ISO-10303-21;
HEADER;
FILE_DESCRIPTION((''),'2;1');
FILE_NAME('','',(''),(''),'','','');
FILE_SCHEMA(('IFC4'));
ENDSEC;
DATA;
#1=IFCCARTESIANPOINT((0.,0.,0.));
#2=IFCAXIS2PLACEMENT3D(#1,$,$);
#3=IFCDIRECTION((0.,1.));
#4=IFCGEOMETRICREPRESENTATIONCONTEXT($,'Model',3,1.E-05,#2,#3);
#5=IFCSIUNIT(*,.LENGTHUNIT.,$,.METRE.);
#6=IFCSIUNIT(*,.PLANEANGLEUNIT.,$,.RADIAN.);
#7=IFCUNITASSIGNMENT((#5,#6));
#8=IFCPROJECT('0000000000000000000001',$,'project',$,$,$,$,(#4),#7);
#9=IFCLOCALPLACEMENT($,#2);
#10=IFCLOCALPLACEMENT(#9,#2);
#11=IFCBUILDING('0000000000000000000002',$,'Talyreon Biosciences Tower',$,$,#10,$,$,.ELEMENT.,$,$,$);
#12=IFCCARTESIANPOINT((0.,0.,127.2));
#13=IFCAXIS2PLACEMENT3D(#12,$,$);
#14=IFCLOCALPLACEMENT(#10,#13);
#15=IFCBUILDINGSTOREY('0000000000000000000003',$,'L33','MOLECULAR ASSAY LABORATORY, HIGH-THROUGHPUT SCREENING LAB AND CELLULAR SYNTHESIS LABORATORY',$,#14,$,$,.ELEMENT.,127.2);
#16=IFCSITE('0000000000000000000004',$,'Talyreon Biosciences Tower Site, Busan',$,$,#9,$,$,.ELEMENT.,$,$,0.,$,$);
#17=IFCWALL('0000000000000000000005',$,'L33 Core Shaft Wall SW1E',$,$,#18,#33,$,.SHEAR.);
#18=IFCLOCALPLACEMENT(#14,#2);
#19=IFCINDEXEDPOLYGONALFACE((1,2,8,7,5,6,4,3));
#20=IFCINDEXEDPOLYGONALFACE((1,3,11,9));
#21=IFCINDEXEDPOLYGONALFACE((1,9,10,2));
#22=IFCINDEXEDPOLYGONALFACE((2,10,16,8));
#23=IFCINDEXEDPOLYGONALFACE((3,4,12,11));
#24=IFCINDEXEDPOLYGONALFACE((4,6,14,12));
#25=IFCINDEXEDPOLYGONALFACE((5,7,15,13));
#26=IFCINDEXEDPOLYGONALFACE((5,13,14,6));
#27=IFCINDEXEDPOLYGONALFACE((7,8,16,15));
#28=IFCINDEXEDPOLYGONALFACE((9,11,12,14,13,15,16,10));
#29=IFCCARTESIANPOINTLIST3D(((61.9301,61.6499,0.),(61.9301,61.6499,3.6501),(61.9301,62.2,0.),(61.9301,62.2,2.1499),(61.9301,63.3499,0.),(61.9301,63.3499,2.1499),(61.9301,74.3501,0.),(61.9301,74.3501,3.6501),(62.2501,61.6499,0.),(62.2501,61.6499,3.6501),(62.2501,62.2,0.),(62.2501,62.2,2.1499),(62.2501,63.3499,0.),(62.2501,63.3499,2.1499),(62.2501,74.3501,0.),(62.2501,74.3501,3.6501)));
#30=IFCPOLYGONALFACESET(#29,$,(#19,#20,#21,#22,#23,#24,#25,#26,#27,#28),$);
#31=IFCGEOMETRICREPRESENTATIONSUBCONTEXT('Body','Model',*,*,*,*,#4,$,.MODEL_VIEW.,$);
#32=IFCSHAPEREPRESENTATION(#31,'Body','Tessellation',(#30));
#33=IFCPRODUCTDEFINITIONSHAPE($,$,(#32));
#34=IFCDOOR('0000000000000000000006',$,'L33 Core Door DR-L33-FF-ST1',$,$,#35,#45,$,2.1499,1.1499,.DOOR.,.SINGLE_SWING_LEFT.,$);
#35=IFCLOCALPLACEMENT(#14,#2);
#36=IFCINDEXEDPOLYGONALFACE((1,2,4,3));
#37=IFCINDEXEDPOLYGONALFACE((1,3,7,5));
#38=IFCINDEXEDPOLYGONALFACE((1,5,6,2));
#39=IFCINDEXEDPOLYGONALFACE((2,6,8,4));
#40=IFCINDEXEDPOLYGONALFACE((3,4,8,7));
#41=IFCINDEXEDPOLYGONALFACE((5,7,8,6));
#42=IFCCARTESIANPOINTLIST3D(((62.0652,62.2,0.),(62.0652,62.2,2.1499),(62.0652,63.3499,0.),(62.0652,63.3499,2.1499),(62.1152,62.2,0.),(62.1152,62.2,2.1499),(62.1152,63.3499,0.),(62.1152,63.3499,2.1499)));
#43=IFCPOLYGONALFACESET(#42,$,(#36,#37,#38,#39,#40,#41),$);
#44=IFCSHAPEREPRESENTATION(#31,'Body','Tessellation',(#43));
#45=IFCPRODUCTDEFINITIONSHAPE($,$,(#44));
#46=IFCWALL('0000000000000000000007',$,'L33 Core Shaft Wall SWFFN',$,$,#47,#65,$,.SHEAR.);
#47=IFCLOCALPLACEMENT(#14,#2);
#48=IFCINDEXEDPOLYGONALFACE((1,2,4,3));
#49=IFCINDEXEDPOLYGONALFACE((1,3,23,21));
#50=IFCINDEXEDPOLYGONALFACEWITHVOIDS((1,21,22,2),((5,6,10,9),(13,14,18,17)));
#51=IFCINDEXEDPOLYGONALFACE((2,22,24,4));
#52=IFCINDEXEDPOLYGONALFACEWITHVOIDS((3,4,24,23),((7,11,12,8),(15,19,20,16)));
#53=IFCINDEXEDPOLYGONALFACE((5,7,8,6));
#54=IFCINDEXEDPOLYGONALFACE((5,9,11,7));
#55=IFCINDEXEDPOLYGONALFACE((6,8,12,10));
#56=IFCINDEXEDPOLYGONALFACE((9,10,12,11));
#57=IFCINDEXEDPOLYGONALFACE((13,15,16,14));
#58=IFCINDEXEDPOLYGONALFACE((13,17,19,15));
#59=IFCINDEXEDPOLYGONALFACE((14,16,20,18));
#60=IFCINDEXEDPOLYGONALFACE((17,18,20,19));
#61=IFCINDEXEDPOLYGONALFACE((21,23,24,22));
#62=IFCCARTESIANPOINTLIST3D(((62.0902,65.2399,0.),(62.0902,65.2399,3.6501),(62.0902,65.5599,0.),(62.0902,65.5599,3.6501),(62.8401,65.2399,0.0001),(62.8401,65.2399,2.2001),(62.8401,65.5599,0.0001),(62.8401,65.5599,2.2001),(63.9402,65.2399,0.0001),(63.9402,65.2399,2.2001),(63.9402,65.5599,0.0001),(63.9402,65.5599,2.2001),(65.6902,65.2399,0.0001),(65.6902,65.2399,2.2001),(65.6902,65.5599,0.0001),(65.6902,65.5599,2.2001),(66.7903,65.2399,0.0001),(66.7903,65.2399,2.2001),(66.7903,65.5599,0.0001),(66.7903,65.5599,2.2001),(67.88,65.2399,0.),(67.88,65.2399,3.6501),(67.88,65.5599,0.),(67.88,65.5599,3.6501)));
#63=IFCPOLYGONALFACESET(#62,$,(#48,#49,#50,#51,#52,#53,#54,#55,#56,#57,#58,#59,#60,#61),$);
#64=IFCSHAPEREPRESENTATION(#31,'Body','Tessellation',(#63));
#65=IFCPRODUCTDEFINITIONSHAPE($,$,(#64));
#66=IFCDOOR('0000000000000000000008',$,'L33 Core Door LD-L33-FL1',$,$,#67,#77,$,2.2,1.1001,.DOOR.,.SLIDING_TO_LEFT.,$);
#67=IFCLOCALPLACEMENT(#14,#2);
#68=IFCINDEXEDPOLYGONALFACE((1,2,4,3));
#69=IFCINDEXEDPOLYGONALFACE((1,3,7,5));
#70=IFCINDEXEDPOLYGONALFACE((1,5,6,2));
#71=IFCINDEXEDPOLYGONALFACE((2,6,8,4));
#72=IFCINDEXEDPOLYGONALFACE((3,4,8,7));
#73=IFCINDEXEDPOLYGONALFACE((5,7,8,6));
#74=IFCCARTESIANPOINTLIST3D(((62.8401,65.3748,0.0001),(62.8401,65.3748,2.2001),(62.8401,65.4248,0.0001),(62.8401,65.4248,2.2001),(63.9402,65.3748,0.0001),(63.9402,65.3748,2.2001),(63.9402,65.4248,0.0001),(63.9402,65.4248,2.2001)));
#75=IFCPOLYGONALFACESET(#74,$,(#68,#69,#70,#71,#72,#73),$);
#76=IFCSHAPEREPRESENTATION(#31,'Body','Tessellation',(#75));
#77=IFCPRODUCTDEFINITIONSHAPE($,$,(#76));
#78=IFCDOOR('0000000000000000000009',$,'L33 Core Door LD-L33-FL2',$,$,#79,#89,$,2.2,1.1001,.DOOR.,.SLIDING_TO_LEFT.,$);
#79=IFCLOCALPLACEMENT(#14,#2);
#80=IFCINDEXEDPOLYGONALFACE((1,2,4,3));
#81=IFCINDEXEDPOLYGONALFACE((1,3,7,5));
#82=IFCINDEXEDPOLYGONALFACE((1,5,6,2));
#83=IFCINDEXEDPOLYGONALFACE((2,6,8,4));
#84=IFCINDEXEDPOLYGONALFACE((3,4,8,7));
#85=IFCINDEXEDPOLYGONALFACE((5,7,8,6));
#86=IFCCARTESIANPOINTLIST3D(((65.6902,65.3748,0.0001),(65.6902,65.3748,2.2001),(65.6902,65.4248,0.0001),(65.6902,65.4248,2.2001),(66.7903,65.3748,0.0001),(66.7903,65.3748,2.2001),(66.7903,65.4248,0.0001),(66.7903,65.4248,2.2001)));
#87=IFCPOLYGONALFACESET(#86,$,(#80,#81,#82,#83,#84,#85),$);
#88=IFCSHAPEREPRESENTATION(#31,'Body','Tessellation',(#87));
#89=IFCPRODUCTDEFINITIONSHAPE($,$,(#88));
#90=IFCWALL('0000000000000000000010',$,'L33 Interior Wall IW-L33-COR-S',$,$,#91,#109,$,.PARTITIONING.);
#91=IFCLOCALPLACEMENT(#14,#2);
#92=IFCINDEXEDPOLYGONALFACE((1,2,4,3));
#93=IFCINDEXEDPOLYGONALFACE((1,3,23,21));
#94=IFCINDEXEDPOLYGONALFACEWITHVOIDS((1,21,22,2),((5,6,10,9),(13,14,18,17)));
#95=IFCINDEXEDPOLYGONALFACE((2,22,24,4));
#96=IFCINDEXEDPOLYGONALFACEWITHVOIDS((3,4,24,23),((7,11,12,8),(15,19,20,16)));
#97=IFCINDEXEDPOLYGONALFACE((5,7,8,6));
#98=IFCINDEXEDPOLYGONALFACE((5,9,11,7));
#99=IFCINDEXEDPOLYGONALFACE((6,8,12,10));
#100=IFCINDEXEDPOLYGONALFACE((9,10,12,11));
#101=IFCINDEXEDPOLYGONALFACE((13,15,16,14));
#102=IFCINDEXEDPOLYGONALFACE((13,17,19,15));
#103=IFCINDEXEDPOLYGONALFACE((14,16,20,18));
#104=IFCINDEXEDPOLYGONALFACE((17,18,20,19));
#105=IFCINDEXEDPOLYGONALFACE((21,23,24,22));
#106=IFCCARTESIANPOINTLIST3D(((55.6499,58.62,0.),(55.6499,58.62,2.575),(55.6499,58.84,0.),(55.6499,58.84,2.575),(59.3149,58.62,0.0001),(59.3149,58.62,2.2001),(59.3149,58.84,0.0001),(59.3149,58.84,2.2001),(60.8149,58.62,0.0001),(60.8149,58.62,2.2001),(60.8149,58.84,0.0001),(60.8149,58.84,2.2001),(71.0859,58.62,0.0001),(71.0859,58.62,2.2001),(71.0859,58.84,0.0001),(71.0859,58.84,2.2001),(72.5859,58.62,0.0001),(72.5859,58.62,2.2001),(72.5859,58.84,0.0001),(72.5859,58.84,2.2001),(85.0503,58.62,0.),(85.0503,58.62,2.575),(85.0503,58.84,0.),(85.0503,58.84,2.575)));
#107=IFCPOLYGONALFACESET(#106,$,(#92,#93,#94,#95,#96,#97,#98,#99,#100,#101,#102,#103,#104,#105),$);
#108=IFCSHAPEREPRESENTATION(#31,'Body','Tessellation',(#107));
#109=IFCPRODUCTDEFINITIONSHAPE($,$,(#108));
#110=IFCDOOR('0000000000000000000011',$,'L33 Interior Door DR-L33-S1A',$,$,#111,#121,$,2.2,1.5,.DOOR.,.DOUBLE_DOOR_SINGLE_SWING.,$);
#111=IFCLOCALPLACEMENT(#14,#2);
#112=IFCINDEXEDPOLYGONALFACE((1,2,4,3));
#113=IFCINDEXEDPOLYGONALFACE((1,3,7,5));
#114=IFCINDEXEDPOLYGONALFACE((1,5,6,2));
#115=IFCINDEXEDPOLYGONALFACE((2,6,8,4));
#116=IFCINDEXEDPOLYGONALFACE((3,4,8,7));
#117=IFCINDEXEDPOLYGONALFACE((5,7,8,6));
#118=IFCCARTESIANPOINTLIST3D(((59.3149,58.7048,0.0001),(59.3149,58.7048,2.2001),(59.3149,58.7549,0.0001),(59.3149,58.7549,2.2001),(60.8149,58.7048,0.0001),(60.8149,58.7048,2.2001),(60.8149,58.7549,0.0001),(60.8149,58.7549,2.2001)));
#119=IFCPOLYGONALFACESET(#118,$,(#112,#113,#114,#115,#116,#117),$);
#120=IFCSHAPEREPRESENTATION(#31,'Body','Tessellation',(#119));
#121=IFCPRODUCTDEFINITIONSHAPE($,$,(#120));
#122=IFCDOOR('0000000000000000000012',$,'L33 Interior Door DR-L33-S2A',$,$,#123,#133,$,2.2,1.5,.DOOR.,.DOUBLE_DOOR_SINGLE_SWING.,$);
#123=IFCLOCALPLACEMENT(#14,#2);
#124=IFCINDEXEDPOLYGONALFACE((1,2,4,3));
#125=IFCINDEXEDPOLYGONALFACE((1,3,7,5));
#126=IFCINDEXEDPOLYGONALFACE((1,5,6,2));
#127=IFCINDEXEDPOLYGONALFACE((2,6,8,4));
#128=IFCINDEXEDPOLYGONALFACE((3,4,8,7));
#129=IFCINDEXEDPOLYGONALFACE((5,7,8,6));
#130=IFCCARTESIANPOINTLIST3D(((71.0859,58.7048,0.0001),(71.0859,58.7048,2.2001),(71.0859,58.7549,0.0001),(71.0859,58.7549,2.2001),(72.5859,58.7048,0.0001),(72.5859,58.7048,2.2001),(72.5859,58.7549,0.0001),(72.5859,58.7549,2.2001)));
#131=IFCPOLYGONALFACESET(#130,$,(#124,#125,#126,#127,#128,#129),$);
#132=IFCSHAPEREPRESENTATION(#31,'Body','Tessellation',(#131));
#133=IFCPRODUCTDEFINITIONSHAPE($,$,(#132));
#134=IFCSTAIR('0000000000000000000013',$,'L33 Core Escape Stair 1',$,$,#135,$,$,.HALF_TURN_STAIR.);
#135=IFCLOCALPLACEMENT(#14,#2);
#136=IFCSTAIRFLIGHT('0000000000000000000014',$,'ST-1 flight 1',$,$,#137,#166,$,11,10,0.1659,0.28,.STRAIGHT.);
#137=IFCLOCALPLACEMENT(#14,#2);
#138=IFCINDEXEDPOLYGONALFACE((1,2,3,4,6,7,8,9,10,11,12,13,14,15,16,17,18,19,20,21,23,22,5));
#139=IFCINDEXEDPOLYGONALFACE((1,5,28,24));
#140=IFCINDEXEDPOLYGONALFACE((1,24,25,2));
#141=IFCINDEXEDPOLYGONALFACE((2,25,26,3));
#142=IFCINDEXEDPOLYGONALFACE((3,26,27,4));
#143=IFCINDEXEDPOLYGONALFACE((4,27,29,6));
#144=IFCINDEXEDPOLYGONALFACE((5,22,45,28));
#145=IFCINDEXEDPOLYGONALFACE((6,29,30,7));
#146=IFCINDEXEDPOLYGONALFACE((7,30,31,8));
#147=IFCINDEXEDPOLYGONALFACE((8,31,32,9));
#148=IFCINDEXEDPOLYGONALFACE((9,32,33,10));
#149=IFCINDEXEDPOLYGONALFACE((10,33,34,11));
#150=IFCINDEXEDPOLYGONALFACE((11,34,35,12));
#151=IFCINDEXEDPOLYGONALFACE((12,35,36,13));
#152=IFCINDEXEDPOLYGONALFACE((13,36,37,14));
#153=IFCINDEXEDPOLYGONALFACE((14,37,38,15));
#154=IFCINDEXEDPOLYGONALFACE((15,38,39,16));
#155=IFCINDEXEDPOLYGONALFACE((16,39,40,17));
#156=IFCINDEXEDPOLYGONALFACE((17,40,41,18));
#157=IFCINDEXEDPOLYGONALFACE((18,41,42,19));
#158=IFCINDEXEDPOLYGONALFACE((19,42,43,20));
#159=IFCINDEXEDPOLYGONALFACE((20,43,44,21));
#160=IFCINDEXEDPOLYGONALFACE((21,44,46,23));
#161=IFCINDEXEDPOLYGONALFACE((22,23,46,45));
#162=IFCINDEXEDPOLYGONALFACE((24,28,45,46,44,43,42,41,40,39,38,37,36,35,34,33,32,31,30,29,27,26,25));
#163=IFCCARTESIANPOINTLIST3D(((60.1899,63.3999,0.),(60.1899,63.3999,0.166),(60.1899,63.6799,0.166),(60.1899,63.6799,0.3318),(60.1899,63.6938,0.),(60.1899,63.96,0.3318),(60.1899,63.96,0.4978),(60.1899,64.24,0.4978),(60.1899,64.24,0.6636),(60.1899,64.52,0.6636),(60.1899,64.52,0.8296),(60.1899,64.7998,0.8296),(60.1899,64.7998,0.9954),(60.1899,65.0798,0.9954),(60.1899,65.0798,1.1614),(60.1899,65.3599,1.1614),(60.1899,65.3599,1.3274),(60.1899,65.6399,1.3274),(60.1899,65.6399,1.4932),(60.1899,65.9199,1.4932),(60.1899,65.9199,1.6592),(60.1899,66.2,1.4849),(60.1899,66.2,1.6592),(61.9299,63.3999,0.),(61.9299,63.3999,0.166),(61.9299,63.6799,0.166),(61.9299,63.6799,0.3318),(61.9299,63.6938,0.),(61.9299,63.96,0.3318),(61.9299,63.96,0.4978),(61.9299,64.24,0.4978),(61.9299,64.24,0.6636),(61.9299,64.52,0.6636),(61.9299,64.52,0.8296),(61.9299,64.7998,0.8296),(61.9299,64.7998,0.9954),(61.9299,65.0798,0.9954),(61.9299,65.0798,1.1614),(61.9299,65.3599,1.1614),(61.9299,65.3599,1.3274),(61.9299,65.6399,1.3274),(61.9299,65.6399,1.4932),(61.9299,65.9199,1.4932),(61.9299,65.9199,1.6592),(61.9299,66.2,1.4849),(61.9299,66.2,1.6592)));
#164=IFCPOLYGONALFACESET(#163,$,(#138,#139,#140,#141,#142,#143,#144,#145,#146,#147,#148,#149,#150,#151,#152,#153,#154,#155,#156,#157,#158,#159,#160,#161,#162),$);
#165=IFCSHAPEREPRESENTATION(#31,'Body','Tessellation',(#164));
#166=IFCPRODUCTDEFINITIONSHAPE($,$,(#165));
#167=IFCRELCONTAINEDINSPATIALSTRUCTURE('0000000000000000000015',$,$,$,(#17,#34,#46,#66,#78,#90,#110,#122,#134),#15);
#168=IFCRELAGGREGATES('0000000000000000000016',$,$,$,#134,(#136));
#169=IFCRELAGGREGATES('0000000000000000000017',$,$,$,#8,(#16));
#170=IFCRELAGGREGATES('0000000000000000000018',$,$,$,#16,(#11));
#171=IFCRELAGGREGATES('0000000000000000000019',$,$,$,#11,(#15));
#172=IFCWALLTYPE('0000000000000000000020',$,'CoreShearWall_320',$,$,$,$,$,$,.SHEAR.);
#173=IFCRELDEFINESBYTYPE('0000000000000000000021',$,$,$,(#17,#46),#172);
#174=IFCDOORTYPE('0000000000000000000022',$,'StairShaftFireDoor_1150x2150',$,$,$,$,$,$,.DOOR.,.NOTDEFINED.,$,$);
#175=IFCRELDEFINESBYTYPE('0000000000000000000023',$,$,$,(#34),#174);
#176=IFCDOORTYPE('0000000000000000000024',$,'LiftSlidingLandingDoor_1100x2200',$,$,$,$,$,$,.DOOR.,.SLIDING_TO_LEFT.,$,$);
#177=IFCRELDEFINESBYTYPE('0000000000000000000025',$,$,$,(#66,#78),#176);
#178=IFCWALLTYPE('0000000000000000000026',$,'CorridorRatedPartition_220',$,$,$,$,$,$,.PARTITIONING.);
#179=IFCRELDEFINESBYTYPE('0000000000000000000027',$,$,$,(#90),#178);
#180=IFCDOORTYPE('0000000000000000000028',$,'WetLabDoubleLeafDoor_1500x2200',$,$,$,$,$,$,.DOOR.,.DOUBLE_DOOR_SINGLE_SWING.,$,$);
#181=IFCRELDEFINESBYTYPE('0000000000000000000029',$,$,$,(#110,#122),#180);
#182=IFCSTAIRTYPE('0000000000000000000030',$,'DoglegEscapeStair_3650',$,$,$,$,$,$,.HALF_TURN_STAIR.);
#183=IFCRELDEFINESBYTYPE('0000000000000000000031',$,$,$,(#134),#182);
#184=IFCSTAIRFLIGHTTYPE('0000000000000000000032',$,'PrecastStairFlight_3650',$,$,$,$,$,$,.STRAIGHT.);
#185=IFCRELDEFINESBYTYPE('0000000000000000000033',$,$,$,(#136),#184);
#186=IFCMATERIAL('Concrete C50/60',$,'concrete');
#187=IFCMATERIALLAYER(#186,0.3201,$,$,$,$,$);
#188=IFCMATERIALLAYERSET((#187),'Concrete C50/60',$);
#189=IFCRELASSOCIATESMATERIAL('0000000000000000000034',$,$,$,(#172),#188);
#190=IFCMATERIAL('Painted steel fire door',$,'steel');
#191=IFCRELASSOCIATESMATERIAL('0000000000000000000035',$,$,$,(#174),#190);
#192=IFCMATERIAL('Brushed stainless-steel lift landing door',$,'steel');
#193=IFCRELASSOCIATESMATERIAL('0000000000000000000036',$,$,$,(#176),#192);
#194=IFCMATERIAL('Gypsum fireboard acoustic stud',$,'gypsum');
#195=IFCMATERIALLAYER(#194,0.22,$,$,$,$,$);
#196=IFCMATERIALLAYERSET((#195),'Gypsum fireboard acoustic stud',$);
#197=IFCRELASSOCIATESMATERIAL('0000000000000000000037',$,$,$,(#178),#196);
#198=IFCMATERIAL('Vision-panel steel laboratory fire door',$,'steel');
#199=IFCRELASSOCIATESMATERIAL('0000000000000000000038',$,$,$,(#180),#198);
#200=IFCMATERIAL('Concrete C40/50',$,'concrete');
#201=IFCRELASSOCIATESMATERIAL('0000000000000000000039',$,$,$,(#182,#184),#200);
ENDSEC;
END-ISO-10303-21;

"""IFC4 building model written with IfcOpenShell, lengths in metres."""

from ifc_helpers import new_model, si_unit, direction, frame, frame_2d, origin, place, context, subcontext, project, spatial, polyline, rectangle, outline, extrude, material, layer, layer_set, type_object, element, fill, aggregate, save


model = new_model("IFC4")

# Units and contexts
model_context = context("Model", 3, precision=1e-05, world=origin(), true_north=direction((0.0, 1.0)))
body_context = subcontext(model_context, "Body", "Model", "MODEL_VIEW")
ifc_project = project(units=[si_unit("LENGTHUNIT", "METRE"), si_unit("PLANEANGLEUNIT", "RADIAN")], contexts=[model_context])

# Site, building, storey
site_placement = place(None, origin())
site = spatial("IfcSite", under=ifc_project, at=site_placement, Name="Talyreon Biosciences Tower Site, Busan", CompositionType="ELEMENT", RefElevation=0.0)
building_placement = place(site_placement, origin())
building = spatial("IfcBuilding", under=site, at=building_placement, Name="Talyreon Biosciences Tower", CompositionType="ELEMENT")
storey_placement = place(building_placement, frame((0.0, 0.0, 127.2)))
storey = spatial("IfcBuildingStorey", under=building, at=storey_placement, Name="L33", Description="MOLECULAR ASSAY LABORATORY, HIGH-THROUGHPUT SCREENING LAB AND CELLULAR SYNTHESIS LABORATORY", CompositionType="ELEMENT", Elevation=127.2)

# Shared definitions
ifc_material_1 = material(Name="Concrete C50/60", Category="concrete")

# Wall, opening, door
ifc_layer_1 = layer(ifc_material_1, 0.3201)
ifc_layer_set_1 = layer_set([ifc_layer_1], Name="Concrete C50/60")
wall_type_1 = type_object("IfcWallType", Name="CoreShearWall_320", PredefinedType="SHEAR", material=ifc_layer_set_1)
wall_1_placement = place(storey_placement, frame((62.0901, 61.6499, 0.0), z_axis=(0.0, 0.0, 1.0), x_axis=(0.0, 1.0, 0.0)))
wall_1 = element("IfcWall", 1, at=wall_1_placement, inside=storey, type_object=wall_type_1, Name="L33 Core Shaft Wall SW1E", PredefinedType="SHEAR", context=body_context, shape_type="SweptSolid", body=[
    extrude(rectangle(XDim=12.7002, YDim=0.3201, at=frame_2d((6.3501, 0.0))), origin(), (0.0, 0.0, 1.0), 3.6501),
])
opening_1_placement = place(wall_1_placement, frame((0.55, 0.0, 0.0)))
opening_1 = element("IfcOpeningElement", 2, at=opening_1_placement, cuts=wall_1, PredefinedType="OPENING", context=body_context, shape_type="SweptSolid", body=[
    extrude(rectangle(XDim=1.1499, YDim=2.1499, at=frame_2d((0.575, 1.075))), frame((0.0, 0.1699, 0.0), z_axis=(0.0, -1.0, 0.0), x_axis=(1.0, 0.0, 0.0)), (0.0, 0.0, 1.0), 0.3401),
])
ifc_material_2 = material(Name="Painted steel fire door", Category="steel")
door_type_1 = type_object("IfcDoorType", Name="StairShaftFireDoor_1150x2150", OperationType="NOTDEFINED", PredefinedType="DOOR", material=ifc_material_2)
door_1_placement = place(opening_1_placement, origin())
door_1 = element("IfcDoor", 3, at=door_1_placement, inside=storey, type_object=door_type_1, Name="L33 Core Door DR-L33-FF-ST1", OperationType="SINGLE_SWING_LEFT", OverallHeight=2.1499, OverallWidth=1.1499, PredefinedType="DOOR", context=body_context, shape_type="SweptSolid", body=[
    extrude(rectangle(XDim=1.1499, YDim=2.1499, at=frame_2d((0.575, 1.075))), frame((0.0, 0.0249, 0.0), z_axis=(0.0, -1.0, 0.0), x_axis=(1.0, 0.0, 0.0)), (0.0, 0.0, 1.0), 0.05),
])
fill(opening_1, door_1)

# Walls, openings, doors
wall_2_placement = place(storey_placement, frame((62.0901, 65.3999, 0.0), z_axis=(0.0, 0.0, 1.0), x_axis=(1.0, 0.0, 0.0)))
wall_2 = element("IfcWall", 4, at=wall_2_placement, inside=storey, type_object=wall_type_1, Name="L33 Core Shaft Wall SWFFN", PredefinedType="SHEAR", context=body_context, shape_type="SweptSolid", body=[
    extrude(rectangle(XDim=5.7898, YDim=0.3201, at=frame_2d((2.895, 0.0))), origin(), (0.0, 0.0, 1.0), 3.6501),
])
opening_2_placement = place(wall_2_placement, frame((0.75, 0.0, 0.0)))
opening_2 = element("IfcOpeningElement", 5, at=opening_2_placement, cuts=wall_2, PredefinedType="OPENING", context=body_context, shape_type="SweptSolid", body=[
    extrude(rectangle(XDim=1.1001, YDim=2.2, at=frame_2d((0.55, 1.1001))), frame((0.0, 0.1699, 0.0), z_axis=(0.0, -1.0, 0.0), x_axis=(1.0, 0.0, 0.0)), (0.0, 0.0, 1.0), 0.3401),
])
opening_3_placement = place(wall_2_placement, frame((3.6001, 0.0, 0.0)))
opening_3 = element("IfcOpeningElement", 6, at=opening_3_placement, cuts=wall_2, PredefinedType="OPENING", context=body_context, shape_type="SweptSolid", body=[
    extrude(rectangle(XDim=1.1001, YDim=2.2, at=frame_2d((0.55, 1.1001))), frame((0.0, 0.1699, 0.0), z_axis=(0.0, -1.0, 0.0), x_axis=(1.0, 0.0, 0.0)), (0.0, 0.0, 1.0), 0.3401),
])
ifc_material_3 = material(Name="Brushed stainless-steel lift landing door", Category="steel")
door_type_2 = type_object("IfcDoorType", Name="LiftSlidingLandingDoor_1100x2200", OperationType="SLIDING_TO_LEFT", PredefinedType="DOOR", material=ifc_material_3)
door_2_placement = place(opening_2_placement, origin())
door_2 = element("IfcDoor", 7, at=door_2_placement, inside=storey, type_object=door_type_2, Name="L33 Core Door LD-L33-FL1", OperationType="SLIDING_TO_LEFT", OverallHeight=2.2, OverallWidth=1.1001, PredefinedType="DOOR", context=body_context, shape_type="SweptSolid", body=[
    extrude(rectangle(XDim=1.1001, YDim=2.2, at=frame_2d((0.55, 1.1001))), frame((0.0, 0.0249, 0.0), z_axis=(0.0, -1.0, 0.0), x_axis=(1.0, 0.0, 0.0)), (0.0, 0.0, 1.0), 0.05),
])
fill(opening_2, door_2)
door_3_placement = place(opening_3_placement, origin())
door_3 = element("IfcDoor", 8, at=door_3_placement, inside=storey, type_object=door_type_2, Name="L33 Core Door LD-L33-FL2", OperationType="SLIDING_TO_LEFT", OverallHeight=2.2, OverallWidth=1.1001, PredefinedType="DOOR", context=body_context, shape_type="SweptSolid", body=[
    extrude(rectangle(XDim=1.1001, YDim=2.2, at=frame_2d((0.55, 1.1001))), frame((0.0, 0.0249, 0.0), z_axis=(0.0, -1.0, 0.0), x_axis=(1.0, 0.0, 0.0)), (0.0, 0.0, 1.0), 0.05),
])
fill(opening_3, door_3)
ifc_material_4 = material(Name="Gypsum fireboard acoustic stud", Category="gypsum")
ifc_layer_2 = layer(ifc_material_4, 0.22)
ifc_layer_set_2 = layer_set([ifc_layer_2], Name="Gypsum fireboard acoustic stud")
wall_type_2 = type_object("IfcWallType", Name="CorridorRatedPartition_220", PredefinedType="PARTITIONING", material=ifc_layer_set_2)
wall_3_placement = place(storey_placement, frame((55.6499, 58.73, 0.0), z_axis=(0.0, 0.0, 1.0), x_axis=(1.0, 0.0, 0.0)))
wall_3 = element("IfcWall", 9, at=wall_3_placement, inside=storey, type_object=wall_type_2, Name="L33 Interior Wall IW-L33-COR-S", PredefinedType="PARTITIONING", context=body_context, shape_type="SweptSolid", body=[
    extrude(rectangle(XDim=29.4004, YDim=0.22, at=frame_2d((14.7002, 0.0))), origin(), (0.0, 0.0, 1.0), 2.575),
])
opening_4_placement = place(wall_3_placement, frame((3.665, 0.0, 0.0)))
opening_4 = element("IfcOpeningElement", 10, at=opening_4_placement, cuts=wall_3, PredefinedType="OPENING", context=body_context, shape_type="SweptSolid", body=[
    extrude(rectangle(XDim=1.5, YDim=2.2, at=frame_2d((0.75, 1.1001))), frame((0.0, 0.1199, 0.0), z_axis=(0.0, -1.0, 0.0), x_axis=(1.0, 0.0, 0.0)), (0.0, 0.0, 1.0), 0.24),
])
opening_5_placement = place(wall_3_placement, frame((15.436, 0.0, 0.0)))
opening_5 = element("IfcOpeningElement", 11, at=opening_5_placement, cuts=wall_3, PredefinedType="OPENING", context=body_context, shape_type="SweptSolid", body=[
    extrude(rectangle(XDim=1.5, YDim=2.2, at=frame_2d((0.75, 1.1001))), frame((0.0, 0.1199, 0.0), z_axis=(0.0, -1.0, 0.0), x_axis=(1.0, 0.0, 0.0)), (0.0, 0.0, 1.0), 0.24),
])
ifc_material_5 = material(Name="Vision-panel steel laboratory fire door", Category="steel")
door_type_3 = type_object("IfcDoorType", Name="WetLabDoubleLeafDoor_1500x2200", OperationType="DOUBLE_DOOR_SINGLE_SWING", PredefinedType="DOOR", material=ifc_material_5)
door_4_placement = place(opening_4_placement, origin())
door_4 = element("IfcDoor", 12, at=door_4_placement, inside=storey, type_object=door_type_3, Name="L33 Interior Door DR-L33-S1A", OperationType="DOUBLE_DOOR_SINGLE_SWING", OverallHeight=2.2, OverallWidth=1.5, PredefinedType="DOOR", context=body_context, shape_type="SweptSolid", body=[
    extrude(rectangle(XDim=1.5, YDim=2.2, at=frame_2d((0.75, 1.1001))), frame((0.0, 0.0249, 0.0), z_axis=(0.0, -1.0, 0.0), x_axis=(1.0, 0.0, 0.0)), (0.0, 0.0, 1.0), 0.05),
])
fill(opening_4, door_4)
door_5_placement = place(opening_5_placement, origin())
door_5 = element("IfcDoor", 13, at=door_5_placement, inside=storey, type_object=door_type_3, Name="L33 Interior Door DR-L33-S2A", OperationType="DOUBLE_DOOR_SINGLE_SWING", OverallHeight=2.2, OverallWidth=1.5, PredefinedType="DOOR", context=body_context, shape_type="SweptSolid", body=[
    extrude(rectangle(XDim=1.5, YDim=2.2, at=frame_2d((0.75, 1.1001))), frame((0.0, 0.0249, 0.0), z_axis=(0.0, -1.0, 0.0), x_axis=(1.0, 0.0, 0.0)), (0.0, 0.0, 1.0), 0.05),
])
fill(opening_5, door_5)

# Stair, stair flight
ifc_material_6 = material(Name="Concrete C40/50", Category="concrete")
stair_type = type_object("IfcStairType", Name="DoglegEscapeStair_3650", PredefinedType="HALF_TURN_STAIR", material=ifc_material_6)
stair_placement = place(storey_placement, origin())
stair = element("IfcStair", 14, at=stair_placement, inside=storey, type_object=stair_type, Name="L33 Core Escape Stair 1", PredefinedType="HALF_TURN_STAIR")
stair_flight_type = type_object("IfcStairFlightType", Name="PrecastStairFlight_3650", PredefinedType="STRAIGHT", material=ifc_material_6)
stair_flight_placement = place(storey_placement, frame((61.0601, 63.3999, 0.0), z_axis=(0.0, 0.0, 1.0), x_axis=(0.0, 1.0, 0.0)))
stair_flight = element("IfcStairFlight", 15, at=stair_flight_placement, type_object=stair_flight_type, Name="ST-1 flight 1", NumberOfRisers=11, NumberOfTreads=10, PredefinedType="STRAIGHT", RiserHeight=0.1659, TreadLength=0.28, context=body_context, shape_type="SweptSolid", body=[
    extrude(outline(polyline([(0.0, 0.0), (0.0, 0.166), (0.28, 0.166), (0.28, 0.3318), (0.5601, 0.3318), (0.5601, 0.4978), (0.8401, 0.4978), (0.8401, 0.6636), (1.1201, 0.6636), (1.1201, 0.8296), (1.3999, 0.8296), (1.3999, 0.9954), (1.6799, 0.9954), (1.6799, 1.1614), (1.96, 1.1614), (1.96, 1.3274), (2.24, 1.3274), (2.24, 1.4932), (2.52, 1.4932), (2.52, 1.6592), (2.8, 1.6592), (2.8, 1.825), (2.8, 1.4849), (0.2939, 0.0), (0.0, 0.0)])), frame((0.0, 0.8701, 0.0), z_axis=(0.0, -1.0, 0.0), x_axis=(1.0, 0.0, 0.0)), (0.0, 0.0, 1.0), 1.74),
])
aggregate(stair, [stair_flight])

save(model, "model.ifc")
